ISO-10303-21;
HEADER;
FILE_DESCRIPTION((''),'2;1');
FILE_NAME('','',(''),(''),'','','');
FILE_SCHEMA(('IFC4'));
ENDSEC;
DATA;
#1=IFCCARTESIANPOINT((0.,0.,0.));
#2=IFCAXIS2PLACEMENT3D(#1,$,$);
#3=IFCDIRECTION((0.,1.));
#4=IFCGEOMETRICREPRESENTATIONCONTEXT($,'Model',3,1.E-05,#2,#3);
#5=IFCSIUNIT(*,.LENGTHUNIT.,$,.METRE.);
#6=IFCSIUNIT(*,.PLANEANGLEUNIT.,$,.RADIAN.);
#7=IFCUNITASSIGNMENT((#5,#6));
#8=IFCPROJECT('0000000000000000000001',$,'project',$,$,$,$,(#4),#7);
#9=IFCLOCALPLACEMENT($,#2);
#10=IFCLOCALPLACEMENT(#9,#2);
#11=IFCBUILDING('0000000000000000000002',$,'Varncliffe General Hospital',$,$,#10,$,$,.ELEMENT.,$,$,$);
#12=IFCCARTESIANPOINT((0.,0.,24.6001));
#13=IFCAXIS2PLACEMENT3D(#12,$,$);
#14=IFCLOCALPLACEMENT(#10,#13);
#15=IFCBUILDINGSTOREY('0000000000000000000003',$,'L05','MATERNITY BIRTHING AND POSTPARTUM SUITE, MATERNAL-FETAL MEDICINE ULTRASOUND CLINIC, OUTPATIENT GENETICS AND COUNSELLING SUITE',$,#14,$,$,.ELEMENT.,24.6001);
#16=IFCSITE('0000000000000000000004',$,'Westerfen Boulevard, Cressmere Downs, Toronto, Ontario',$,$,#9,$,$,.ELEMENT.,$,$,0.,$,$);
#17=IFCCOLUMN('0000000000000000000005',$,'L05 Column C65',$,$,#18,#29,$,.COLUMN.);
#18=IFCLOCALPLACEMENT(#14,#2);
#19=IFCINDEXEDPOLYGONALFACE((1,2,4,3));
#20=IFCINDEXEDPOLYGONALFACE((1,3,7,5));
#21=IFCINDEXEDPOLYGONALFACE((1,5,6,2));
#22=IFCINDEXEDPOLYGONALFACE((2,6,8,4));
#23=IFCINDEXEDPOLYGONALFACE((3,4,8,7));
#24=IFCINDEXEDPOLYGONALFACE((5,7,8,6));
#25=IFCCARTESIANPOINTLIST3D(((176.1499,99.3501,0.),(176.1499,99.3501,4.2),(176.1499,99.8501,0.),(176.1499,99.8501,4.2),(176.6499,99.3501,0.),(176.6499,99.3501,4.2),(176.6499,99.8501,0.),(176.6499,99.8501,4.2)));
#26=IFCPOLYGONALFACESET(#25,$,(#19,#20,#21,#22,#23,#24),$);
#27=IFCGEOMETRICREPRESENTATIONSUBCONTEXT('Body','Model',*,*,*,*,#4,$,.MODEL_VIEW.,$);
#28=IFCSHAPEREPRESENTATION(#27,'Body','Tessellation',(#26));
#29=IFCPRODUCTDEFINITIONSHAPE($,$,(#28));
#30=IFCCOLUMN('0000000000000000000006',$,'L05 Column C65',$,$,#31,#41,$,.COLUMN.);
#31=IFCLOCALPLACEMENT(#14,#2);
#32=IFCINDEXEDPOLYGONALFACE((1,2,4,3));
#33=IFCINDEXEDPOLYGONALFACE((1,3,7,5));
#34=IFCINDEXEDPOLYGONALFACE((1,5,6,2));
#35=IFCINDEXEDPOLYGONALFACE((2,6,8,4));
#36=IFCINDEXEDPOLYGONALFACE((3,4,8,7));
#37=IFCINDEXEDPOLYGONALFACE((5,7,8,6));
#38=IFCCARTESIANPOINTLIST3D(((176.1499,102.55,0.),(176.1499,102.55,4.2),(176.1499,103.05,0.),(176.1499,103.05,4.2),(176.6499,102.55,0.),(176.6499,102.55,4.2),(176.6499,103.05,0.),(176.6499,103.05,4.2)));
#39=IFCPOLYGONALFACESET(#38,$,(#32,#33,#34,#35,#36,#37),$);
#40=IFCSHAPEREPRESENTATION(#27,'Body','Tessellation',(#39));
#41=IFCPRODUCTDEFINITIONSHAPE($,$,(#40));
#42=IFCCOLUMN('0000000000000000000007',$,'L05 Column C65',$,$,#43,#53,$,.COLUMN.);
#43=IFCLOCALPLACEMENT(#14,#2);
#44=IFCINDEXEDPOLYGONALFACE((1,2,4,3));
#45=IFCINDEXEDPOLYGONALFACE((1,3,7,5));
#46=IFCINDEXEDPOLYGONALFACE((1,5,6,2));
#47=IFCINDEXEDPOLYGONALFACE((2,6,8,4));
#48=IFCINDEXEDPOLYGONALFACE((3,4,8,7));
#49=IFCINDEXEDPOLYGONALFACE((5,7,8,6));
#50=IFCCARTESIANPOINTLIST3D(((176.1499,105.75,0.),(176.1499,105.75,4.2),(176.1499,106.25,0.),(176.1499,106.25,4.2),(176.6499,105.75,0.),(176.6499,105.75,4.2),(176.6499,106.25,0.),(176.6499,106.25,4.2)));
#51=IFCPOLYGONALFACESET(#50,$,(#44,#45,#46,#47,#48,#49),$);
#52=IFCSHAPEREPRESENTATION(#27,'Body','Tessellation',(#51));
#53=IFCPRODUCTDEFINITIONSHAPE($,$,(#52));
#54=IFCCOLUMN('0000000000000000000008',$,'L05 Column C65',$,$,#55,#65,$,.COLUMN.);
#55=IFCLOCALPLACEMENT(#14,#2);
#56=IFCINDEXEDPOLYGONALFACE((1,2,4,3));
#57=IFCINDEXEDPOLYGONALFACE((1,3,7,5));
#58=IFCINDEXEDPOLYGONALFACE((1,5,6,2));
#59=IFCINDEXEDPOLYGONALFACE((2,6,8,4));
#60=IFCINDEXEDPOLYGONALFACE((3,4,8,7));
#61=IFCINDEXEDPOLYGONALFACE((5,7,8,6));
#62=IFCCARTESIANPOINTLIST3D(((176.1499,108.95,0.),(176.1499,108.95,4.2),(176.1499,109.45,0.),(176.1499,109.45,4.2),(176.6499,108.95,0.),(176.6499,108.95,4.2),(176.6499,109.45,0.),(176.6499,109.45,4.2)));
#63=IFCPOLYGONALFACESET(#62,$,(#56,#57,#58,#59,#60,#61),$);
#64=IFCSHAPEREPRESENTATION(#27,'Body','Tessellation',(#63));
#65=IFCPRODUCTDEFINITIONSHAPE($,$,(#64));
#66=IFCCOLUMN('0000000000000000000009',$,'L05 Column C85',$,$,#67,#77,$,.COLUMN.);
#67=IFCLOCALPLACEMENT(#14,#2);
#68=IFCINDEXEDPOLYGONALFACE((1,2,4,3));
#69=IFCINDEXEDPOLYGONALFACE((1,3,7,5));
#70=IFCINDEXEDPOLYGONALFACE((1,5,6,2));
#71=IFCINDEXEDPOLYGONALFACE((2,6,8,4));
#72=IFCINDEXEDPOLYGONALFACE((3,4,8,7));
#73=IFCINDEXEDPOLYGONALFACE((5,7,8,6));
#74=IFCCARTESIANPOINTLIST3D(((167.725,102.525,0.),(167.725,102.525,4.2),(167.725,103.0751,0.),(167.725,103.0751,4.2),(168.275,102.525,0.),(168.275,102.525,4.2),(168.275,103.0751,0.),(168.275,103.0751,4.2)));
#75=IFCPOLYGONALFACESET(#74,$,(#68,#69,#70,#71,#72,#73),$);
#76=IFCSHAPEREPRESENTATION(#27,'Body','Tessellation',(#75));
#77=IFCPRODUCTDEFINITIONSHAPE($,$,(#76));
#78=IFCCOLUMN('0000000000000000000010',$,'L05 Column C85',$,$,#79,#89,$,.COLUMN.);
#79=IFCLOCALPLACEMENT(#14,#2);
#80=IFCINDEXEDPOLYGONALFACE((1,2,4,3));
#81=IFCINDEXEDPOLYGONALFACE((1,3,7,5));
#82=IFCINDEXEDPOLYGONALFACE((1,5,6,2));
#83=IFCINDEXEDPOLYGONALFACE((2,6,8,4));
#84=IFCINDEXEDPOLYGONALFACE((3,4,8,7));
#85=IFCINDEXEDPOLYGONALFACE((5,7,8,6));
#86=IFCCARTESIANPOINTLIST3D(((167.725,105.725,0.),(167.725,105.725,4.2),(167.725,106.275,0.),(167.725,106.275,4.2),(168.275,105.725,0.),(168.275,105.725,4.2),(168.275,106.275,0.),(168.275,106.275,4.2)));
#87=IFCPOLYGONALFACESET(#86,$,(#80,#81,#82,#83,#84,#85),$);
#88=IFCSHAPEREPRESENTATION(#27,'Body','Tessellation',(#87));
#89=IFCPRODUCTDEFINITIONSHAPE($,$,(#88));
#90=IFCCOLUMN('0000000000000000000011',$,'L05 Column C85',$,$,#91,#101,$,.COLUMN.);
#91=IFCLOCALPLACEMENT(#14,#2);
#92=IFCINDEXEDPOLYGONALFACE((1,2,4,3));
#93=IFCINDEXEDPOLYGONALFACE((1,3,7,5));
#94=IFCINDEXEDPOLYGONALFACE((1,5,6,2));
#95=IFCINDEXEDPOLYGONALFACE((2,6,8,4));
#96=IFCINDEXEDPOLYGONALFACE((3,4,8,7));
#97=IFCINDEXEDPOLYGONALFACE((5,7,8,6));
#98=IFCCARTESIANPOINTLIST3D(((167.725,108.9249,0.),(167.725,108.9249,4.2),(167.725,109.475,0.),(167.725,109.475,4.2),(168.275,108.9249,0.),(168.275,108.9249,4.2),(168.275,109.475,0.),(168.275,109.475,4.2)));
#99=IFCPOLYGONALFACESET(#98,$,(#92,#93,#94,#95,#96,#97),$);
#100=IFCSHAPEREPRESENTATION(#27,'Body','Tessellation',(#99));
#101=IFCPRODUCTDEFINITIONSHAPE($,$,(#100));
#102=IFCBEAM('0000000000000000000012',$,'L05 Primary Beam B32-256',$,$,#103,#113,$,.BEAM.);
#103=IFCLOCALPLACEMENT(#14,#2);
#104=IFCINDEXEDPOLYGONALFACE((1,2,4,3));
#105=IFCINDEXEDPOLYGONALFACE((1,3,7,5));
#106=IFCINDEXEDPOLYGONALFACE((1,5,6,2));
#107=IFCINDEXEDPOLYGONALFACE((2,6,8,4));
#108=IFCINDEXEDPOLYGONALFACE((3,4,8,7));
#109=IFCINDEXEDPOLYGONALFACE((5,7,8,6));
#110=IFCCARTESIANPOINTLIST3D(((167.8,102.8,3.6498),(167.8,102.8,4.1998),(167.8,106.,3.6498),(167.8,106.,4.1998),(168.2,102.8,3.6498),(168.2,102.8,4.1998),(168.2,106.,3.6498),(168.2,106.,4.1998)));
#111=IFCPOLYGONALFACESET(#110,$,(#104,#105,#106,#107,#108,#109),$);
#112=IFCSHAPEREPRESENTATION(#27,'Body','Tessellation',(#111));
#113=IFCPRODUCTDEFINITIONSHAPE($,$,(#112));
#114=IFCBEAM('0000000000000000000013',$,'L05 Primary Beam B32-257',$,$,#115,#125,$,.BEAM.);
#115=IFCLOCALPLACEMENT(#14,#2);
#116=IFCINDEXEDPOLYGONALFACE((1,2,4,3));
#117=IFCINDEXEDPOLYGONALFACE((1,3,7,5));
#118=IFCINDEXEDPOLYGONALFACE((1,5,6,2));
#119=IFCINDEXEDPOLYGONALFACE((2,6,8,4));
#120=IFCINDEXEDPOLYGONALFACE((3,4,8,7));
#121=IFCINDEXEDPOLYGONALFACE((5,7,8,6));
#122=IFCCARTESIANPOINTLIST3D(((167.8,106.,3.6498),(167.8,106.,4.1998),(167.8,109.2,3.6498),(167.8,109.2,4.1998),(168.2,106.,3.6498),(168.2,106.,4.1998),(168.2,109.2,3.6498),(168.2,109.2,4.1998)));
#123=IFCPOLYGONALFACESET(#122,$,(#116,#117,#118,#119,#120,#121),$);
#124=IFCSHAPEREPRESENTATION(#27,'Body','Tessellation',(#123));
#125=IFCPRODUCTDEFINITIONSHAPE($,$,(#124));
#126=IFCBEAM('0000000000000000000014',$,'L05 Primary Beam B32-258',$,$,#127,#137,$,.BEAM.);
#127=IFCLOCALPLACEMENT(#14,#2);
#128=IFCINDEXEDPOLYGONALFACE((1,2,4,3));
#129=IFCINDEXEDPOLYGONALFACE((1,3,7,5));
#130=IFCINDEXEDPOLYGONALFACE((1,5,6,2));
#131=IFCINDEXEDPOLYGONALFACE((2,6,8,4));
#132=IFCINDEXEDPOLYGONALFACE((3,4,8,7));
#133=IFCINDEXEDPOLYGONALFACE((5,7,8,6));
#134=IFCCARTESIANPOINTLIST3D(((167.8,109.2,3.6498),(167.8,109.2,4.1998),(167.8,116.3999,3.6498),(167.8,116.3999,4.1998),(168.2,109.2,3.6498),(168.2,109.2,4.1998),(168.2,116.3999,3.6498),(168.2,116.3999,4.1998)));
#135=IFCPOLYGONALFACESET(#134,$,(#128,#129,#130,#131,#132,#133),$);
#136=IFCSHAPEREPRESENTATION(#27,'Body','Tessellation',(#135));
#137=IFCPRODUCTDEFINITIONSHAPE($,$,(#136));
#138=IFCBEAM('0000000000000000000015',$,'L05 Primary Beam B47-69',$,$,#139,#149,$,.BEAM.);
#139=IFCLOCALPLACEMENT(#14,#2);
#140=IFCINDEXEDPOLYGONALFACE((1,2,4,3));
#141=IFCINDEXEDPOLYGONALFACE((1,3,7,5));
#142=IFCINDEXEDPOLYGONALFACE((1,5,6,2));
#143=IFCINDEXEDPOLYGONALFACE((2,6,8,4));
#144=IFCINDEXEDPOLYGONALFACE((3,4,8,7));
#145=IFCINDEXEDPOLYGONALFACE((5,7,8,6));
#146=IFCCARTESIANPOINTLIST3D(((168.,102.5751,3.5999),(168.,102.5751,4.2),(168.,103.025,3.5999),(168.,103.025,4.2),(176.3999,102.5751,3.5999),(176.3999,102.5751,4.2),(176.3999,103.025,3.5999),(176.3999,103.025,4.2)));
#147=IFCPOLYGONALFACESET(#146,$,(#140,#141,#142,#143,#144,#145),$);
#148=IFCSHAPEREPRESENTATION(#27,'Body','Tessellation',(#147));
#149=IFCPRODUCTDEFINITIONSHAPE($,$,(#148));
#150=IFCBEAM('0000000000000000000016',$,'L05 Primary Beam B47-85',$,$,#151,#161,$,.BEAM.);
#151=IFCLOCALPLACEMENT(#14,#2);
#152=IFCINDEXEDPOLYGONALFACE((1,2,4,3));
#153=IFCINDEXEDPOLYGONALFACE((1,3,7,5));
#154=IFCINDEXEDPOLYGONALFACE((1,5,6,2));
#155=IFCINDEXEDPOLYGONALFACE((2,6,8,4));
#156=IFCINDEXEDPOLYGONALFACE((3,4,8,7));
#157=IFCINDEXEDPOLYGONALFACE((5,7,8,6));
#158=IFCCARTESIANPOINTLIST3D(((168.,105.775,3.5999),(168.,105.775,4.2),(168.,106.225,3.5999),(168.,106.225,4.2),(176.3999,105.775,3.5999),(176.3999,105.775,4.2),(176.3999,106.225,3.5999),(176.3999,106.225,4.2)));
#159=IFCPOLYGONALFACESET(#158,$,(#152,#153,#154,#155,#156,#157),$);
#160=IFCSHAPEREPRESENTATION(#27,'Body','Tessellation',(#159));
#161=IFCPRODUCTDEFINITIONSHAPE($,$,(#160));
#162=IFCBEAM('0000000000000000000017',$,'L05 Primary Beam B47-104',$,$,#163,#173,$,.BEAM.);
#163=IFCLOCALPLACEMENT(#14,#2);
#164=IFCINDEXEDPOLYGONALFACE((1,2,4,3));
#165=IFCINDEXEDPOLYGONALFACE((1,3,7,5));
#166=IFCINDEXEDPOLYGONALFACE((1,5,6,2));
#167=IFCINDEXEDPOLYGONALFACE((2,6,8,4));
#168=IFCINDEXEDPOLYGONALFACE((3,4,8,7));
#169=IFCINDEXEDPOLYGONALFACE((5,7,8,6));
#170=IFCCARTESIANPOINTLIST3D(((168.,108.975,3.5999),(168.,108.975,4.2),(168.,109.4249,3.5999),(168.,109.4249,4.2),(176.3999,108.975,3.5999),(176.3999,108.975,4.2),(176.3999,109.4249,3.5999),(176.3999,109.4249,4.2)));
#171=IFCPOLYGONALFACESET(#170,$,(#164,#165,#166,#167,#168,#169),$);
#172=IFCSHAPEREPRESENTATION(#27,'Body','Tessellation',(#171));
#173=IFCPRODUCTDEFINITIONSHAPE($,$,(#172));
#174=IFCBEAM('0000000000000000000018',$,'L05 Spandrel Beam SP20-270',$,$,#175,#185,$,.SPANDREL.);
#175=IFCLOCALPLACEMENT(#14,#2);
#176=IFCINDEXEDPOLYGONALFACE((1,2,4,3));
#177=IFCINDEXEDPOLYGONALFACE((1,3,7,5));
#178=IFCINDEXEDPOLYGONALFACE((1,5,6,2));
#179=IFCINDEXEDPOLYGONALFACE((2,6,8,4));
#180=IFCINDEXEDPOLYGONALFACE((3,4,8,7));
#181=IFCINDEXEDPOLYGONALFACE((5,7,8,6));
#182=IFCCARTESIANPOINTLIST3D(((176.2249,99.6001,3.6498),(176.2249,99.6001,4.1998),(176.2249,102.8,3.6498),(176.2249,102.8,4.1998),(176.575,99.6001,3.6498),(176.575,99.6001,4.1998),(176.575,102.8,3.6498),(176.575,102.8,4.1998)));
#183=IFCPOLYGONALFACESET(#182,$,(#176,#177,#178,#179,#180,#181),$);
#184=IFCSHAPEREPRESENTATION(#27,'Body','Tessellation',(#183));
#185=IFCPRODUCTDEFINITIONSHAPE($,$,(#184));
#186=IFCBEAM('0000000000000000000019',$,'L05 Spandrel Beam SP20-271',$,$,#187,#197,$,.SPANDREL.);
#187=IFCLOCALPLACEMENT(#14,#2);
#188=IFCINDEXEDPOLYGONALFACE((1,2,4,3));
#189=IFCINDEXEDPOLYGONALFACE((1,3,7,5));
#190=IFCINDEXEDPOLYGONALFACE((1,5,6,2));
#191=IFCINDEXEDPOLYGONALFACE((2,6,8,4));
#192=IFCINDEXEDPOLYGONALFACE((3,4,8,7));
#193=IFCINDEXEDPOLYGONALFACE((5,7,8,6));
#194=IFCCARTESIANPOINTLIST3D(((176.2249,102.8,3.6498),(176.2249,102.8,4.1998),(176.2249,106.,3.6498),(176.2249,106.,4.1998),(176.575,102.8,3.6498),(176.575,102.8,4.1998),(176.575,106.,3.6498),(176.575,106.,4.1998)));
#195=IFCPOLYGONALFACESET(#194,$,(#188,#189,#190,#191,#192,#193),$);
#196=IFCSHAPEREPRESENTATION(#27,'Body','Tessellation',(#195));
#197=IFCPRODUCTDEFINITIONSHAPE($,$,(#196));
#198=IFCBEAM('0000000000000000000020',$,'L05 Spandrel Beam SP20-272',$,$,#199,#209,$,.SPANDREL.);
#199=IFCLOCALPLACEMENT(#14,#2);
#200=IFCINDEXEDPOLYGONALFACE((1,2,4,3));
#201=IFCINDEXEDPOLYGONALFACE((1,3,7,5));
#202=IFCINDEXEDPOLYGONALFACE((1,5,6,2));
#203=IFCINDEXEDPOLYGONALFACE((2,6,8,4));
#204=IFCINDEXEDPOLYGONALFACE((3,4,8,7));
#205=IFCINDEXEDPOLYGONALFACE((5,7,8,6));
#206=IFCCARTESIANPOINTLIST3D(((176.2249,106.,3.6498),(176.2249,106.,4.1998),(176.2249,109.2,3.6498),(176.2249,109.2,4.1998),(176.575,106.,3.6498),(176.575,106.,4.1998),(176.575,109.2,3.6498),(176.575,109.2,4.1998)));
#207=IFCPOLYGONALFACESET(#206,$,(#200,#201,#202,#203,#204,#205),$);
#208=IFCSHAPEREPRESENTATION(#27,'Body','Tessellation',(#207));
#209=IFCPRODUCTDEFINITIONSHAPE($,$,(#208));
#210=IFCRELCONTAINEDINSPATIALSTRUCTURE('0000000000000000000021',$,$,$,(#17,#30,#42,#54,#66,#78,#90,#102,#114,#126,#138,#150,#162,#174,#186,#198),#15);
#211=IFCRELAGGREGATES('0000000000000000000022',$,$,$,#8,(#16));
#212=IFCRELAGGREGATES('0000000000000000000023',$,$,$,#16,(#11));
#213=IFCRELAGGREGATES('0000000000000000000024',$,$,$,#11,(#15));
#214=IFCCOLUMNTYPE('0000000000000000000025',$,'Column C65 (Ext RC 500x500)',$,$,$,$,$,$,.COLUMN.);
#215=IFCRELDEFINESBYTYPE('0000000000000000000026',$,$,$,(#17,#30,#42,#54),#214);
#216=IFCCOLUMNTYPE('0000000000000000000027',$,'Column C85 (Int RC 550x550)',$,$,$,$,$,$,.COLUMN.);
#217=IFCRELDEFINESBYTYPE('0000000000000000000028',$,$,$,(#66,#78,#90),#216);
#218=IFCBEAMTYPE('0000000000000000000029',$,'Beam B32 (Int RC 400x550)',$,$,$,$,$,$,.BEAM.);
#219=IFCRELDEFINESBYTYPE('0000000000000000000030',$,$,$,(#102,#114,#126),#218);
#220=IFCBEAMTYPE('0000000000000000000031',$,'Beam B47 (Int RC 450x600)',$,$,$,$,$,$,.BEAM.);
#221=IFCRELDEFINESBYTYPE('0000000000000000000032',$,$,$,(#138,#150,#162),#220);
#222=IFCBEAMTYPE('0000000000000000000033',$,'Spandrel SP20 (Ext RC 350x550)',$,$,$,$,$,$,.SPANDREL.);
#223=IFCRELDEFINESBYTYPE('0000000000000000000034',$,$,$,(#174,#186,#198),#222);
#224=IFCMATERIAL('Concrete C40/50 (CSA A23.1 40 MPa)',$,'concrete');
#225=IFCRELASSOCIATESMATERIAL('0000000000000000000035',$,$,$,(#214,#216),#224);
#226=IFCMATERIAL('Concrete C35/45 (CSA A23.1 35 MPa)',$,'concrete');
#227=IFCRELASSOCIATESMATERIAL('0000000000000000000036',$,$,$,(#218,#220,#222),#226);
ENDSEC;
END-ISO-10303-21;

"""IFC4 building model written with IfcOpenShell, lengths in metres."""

from ifc_helpers import new_model, si_unit, direction, frame, origin, origin_2d, place, context, subcontext, project, spatial, rectangle, extrude, material, material_profile, profile_set, type_object, element, save


model = new_model("IFC4")

# Units and contexts
model_context = context("Model", 3, precision=1e-05, world=origin(), true_north=direction((0.0, 1.0)))
body_context = subcontext(model_context, "Body", "Model", "MODEL_VIEW")
ifc_project = project(units=[si_unit("LENGTHUNIT", "METRE"), si_unit("PLANEANGLEUNIT", "RADIAN")], contexts=[model_context])

# Site, building, storey
site_placement = place(None, origin())
site = spatial("IfcSite", under=ifc_project, at=site_placement, Name="Westerfen Boulevard, Cressmere Downs, Toronto, Ontario", CompositionType="ELEMENT", RefElevation=0.0)
building_placement = place(site_placement, origin())
building = spatial("IfcBuilding", under=site, at=building_placement, Name="Varncliffe General Hospital", CompositionType="ELEMENT")
storey_placement = place(building_placement, frame((0.0, 0.0, 24.6001)))
storey = spatial("IfcBuildingStorey", under=building, at=storey_placement, Name="L05", Description="MATERNITY BIRTHING AND POSTPARTUM SUITE, MATERNAL-FETAL MEDICINE ULTRASOUND CLINIC, OUTPATIENT GENETICS AND COUNSELLING SUITE", CompositionType="ELEMENT", Elevation=24.6001)

# Columns
ifc_material_1 = material(Name="Concrete C40/50 (CSA A23.1 40 MPa)", Category="concrete")
ifc_material_profile_1 = material_profile(ifc_material_1, rectangle(XDim=0.5, YDim=0.5, at=origin_2d()), Name="RC 500x500")
ifc_profile_set_1 = profile_set([ifc_material_profile_1], Name="Concrete C40/50 (CSA A23.1 40 MPa)")
column_type_1 = type_object("IfcColumnType", Name="Column C65 (Ext RC 500x500)", PredefinedType="COLUMN", material=ifc_profile_set_1)
for number, where, z_axis, x_axis, name in (
    (1, (176.3999, 99.6001, 0.0), (0.0, 0.0, 1.0), (1.0, 0.0, 0.0), "L05 Column C65"),
    (2, (176.3999, 102.8, 0.0), (0.0, 0.0, 1.0), (1.0, 0.0, 0.0), "L05 Column C65"),
    (3, (176.3999, 106.0, 0.0), (0.0, 0.0, 1.0), (1.0, 0.0, 0.0), "L05 Column C65"),
    (4, (176.3999, 109.2, 0.0), (0.0, 0.0, 1.0), (1.0, 0.0, 0.0), "L05 Column C65"),
):
    element("IfcColumn", number, at=place(storey_placement, frame(where, z_axis=z_axis, x_axis=x_axis)), inside=storey, type_object=column_type_1, Name=name, PredefinedType="COLUMN", context=body_context, shape_type="SweptSolid", body=[
        extrude(rectangle(XDim=0.5, YDim=0.5, at=origin_2d()), origin(), (0.0, 0.0, 1.0), 4.2),
    ])
ifc_material_profile_2 = material_profile(ifc_material_1, rectangle(XDim=0.55, YDim=0.55, at=origin_2d()), Name="RC 550x550")
ifc_profile_set_2 = profile_set([ifc_material_profile_2], Name="Concrete C40/50 (CSA A23.1 40 MPa)")
column_type_2 = type_object("IfcColumnType", Name="Column C85 (Int RC 550x550)", PredefinedType="COLUMN", material=ifc_profile_set_2)
for number, where, z_axis, x_axis, name in (
    (5, (168.0, 102.8, 0.0), (0.0, 0.0, 1.0), (1.0, 0.0, 0.0), "L05 Column C85"),
    (6, (168.0, 106.0, 0.0), (0.0, 0.0, 1.0), (1.0, 0.0, 0.0), "L05 Column C85"),
    (7, (168.0, 109.2, 0.0), (0.0, 0.0, 1.0), (1.0, 0.0, 0.0), "L05 Column C85"),
):
    element("IfcColumn", number, at=place(storey_placement, frame(where, z_axis=z_axis, x_axis=x_axis)), inside=storey, type_object=column_type_2, Name=name, PredefinedType="COLUMN", context=body_context, shape_type="SweptSolid", body=[
        extrude(rectangle(XDim=0.55, YDim=0.55, at=origin_2d()), origin(), (0.0, 0.0, 1.0), 4.2),
    ])

# Beams
ifc_material_2 = material(Name="Concrete C35/45 (CSA A23.1 35 MPa)", Category="concrete")
ifc_material_profile_3 = material_profile(ifc_material_2, rectangle(XDim=0.3999, YDim=0.55, at=origin_2d()), Name="RC 400x550")
ifc_profile_set_3 = profile_set([ifc_material_profile_3], Name="Concrete C35/45 (CSA A23.1 35 MPa)")
beam_type_1 = type_object("IfcBeamType", Name="Beam B32 (Int RC 400x550)", PredefinedType="BEAM", material=ifc_profile_set_3)
for number, where, z_axis, x_axis, name in (
    (8, (168.0, 102.8, 3.9248), (0.0, 1.0, 0.0), (-1.0, 0.0, 0.0), "L05 Primary Beam B32-256"),
    (9, (168.0, 106.0, 3.9248), (0.0, 1.0, 0.0), (-1.0, 0.0, 0.0), "L05 Primary Beam B32-257"),
):
    element("IfcBeam", number, at=place(storey_placement, frame(where, z_axis=z_axis, x_axis=x_axis)), inside=storey, type_object=beam_type_1, Name=name, PredefinedType="BEAM", context=body_context, shape_type="SweptSolid", body=[
        extrude(rectangle(XDim=0.3999, YDim=0.55, at=origin_2d()), origin(), (0.0, 0.0, 1.0), 3.2),
    ])
beam_1_placement = place(storey_placement, frame((168.0, 109.2, 3.9248), z_axis=(0.0, 1.0, 0.0), x_axis=(-1.0, 0.0, 0.0)))
element("IfcBeam", 10, at=beam_1_placement, inside=storey, type_object=beam_type_1, Name="L05 Primary Beam B32-258", PredefinedType="BEAM", context=body_context, shape_type="SweptSolid", body=[
    extrude(rectangle(XDim=0.3999, YDim=0.55, at=origin_2d()), origin(), (0.0, 0.0, 1.0), 7.2),
])
ifc_material_profile_4 = material_profile(ifc_material_2, rectangle(XDim=0.45, YDim=0.6001, at=origin_2d()), Name="RC 450x600")
ifc_profile_set_4 = profile_set([ifc_material_profile_4], Name="Concrete C35/45 (CSA A23.1 35 MPa)")
beam_type_2 = type_object("IfcBeamType", Name="Beam B47 (Int RC 450x600)", PredefinedType="BEAM", material=ifc_profile_set_4)
for number, where, z_axis, x_axis, name in (
    (11, (168.0, 102.8, 3.8999), (1.0, 0.0, 0.0), (0.0, 1.0, 0.0), "L05 Primary Beam B47-69"),
    (12, (168.0, 106.0, 3.8999), (1.0, 0.0, 0.0), (0.0, 1.0, 0.0), "L05 Primary Beam B47-85"),
    (13, (168.0, 109.2, 3.8999), (1.0, 0.0, 0.0), (0.0, 1.0, 0.0), "L05 Primary Beam B47-104"),
):
    element("IfcBeam", number, at=place(storey_placement, frame(where, z_axis=z_axis, x_axis=x_axis)), inside=storey, type_object=beam_type_2, Name=name, PredefinedType="BEAM", context=body_context, shape_type="SweptSolid", body=[
        extrude(rectangle(XDim=0.45, YDim=0.6001, at=origin_2d()), origin(), (0.0, 0.0, 1.0), 8.3999),
    ])
ifc_material_profile_5 = material_profile(ifc_material_2, rectangle(XDim=0.3501, YDim=0.55, at=origin_2d()), Name="RC 350x550")
ifc_profile_set_5 = profile_set([ifc_material_profile_5], Name="Concrete C35/45 (CSA A23.1 35 MPa)")
beam_type_3 = type_object("IfcBeamType", Name="Spandrel SP20 (Ext RC 350x550)", PredefinedType="SPANDREL", material=ifc_profile_set_5)
for number, where, z_axis, x_axis, name in (
    (14, (176.3999, 99.6001, 3.9248), (0.0, 1.0, 0.0), (-1.0, 0.0, 0.0), "L05 Spandrel Beam SP20-270"),
    (15, (176.3999, 102.8, 3.9248), (0.0, 1.0, 0.0), (-1.0, 0.0, 0.0), "L05 Spandrel Beam SP20-271"),
    (16, (176.3999, 106.0, 3.9248), (0.0, 1.0, 0.0), (-1.0, 0.0, 0.0), "L05 Spandrel Beam SP20-272"),
):
    element("IfcBeam", number, at=place(storey_placement, frame(where, z_axis=z_axis, x_axis=x_axis)), inside=storey, type_object=beam_type_3, Name=name, PredefinedType="SPANDREL", context=body_context, shape_type="SweptSolid", body=[
        extrude(rectangle(XDim=0.3501, YDim=0.55, at=origin_2d()), origin(), (0.0, 0.0, 1.0), 3.2),
    ])

save(model, "model.ifc")
